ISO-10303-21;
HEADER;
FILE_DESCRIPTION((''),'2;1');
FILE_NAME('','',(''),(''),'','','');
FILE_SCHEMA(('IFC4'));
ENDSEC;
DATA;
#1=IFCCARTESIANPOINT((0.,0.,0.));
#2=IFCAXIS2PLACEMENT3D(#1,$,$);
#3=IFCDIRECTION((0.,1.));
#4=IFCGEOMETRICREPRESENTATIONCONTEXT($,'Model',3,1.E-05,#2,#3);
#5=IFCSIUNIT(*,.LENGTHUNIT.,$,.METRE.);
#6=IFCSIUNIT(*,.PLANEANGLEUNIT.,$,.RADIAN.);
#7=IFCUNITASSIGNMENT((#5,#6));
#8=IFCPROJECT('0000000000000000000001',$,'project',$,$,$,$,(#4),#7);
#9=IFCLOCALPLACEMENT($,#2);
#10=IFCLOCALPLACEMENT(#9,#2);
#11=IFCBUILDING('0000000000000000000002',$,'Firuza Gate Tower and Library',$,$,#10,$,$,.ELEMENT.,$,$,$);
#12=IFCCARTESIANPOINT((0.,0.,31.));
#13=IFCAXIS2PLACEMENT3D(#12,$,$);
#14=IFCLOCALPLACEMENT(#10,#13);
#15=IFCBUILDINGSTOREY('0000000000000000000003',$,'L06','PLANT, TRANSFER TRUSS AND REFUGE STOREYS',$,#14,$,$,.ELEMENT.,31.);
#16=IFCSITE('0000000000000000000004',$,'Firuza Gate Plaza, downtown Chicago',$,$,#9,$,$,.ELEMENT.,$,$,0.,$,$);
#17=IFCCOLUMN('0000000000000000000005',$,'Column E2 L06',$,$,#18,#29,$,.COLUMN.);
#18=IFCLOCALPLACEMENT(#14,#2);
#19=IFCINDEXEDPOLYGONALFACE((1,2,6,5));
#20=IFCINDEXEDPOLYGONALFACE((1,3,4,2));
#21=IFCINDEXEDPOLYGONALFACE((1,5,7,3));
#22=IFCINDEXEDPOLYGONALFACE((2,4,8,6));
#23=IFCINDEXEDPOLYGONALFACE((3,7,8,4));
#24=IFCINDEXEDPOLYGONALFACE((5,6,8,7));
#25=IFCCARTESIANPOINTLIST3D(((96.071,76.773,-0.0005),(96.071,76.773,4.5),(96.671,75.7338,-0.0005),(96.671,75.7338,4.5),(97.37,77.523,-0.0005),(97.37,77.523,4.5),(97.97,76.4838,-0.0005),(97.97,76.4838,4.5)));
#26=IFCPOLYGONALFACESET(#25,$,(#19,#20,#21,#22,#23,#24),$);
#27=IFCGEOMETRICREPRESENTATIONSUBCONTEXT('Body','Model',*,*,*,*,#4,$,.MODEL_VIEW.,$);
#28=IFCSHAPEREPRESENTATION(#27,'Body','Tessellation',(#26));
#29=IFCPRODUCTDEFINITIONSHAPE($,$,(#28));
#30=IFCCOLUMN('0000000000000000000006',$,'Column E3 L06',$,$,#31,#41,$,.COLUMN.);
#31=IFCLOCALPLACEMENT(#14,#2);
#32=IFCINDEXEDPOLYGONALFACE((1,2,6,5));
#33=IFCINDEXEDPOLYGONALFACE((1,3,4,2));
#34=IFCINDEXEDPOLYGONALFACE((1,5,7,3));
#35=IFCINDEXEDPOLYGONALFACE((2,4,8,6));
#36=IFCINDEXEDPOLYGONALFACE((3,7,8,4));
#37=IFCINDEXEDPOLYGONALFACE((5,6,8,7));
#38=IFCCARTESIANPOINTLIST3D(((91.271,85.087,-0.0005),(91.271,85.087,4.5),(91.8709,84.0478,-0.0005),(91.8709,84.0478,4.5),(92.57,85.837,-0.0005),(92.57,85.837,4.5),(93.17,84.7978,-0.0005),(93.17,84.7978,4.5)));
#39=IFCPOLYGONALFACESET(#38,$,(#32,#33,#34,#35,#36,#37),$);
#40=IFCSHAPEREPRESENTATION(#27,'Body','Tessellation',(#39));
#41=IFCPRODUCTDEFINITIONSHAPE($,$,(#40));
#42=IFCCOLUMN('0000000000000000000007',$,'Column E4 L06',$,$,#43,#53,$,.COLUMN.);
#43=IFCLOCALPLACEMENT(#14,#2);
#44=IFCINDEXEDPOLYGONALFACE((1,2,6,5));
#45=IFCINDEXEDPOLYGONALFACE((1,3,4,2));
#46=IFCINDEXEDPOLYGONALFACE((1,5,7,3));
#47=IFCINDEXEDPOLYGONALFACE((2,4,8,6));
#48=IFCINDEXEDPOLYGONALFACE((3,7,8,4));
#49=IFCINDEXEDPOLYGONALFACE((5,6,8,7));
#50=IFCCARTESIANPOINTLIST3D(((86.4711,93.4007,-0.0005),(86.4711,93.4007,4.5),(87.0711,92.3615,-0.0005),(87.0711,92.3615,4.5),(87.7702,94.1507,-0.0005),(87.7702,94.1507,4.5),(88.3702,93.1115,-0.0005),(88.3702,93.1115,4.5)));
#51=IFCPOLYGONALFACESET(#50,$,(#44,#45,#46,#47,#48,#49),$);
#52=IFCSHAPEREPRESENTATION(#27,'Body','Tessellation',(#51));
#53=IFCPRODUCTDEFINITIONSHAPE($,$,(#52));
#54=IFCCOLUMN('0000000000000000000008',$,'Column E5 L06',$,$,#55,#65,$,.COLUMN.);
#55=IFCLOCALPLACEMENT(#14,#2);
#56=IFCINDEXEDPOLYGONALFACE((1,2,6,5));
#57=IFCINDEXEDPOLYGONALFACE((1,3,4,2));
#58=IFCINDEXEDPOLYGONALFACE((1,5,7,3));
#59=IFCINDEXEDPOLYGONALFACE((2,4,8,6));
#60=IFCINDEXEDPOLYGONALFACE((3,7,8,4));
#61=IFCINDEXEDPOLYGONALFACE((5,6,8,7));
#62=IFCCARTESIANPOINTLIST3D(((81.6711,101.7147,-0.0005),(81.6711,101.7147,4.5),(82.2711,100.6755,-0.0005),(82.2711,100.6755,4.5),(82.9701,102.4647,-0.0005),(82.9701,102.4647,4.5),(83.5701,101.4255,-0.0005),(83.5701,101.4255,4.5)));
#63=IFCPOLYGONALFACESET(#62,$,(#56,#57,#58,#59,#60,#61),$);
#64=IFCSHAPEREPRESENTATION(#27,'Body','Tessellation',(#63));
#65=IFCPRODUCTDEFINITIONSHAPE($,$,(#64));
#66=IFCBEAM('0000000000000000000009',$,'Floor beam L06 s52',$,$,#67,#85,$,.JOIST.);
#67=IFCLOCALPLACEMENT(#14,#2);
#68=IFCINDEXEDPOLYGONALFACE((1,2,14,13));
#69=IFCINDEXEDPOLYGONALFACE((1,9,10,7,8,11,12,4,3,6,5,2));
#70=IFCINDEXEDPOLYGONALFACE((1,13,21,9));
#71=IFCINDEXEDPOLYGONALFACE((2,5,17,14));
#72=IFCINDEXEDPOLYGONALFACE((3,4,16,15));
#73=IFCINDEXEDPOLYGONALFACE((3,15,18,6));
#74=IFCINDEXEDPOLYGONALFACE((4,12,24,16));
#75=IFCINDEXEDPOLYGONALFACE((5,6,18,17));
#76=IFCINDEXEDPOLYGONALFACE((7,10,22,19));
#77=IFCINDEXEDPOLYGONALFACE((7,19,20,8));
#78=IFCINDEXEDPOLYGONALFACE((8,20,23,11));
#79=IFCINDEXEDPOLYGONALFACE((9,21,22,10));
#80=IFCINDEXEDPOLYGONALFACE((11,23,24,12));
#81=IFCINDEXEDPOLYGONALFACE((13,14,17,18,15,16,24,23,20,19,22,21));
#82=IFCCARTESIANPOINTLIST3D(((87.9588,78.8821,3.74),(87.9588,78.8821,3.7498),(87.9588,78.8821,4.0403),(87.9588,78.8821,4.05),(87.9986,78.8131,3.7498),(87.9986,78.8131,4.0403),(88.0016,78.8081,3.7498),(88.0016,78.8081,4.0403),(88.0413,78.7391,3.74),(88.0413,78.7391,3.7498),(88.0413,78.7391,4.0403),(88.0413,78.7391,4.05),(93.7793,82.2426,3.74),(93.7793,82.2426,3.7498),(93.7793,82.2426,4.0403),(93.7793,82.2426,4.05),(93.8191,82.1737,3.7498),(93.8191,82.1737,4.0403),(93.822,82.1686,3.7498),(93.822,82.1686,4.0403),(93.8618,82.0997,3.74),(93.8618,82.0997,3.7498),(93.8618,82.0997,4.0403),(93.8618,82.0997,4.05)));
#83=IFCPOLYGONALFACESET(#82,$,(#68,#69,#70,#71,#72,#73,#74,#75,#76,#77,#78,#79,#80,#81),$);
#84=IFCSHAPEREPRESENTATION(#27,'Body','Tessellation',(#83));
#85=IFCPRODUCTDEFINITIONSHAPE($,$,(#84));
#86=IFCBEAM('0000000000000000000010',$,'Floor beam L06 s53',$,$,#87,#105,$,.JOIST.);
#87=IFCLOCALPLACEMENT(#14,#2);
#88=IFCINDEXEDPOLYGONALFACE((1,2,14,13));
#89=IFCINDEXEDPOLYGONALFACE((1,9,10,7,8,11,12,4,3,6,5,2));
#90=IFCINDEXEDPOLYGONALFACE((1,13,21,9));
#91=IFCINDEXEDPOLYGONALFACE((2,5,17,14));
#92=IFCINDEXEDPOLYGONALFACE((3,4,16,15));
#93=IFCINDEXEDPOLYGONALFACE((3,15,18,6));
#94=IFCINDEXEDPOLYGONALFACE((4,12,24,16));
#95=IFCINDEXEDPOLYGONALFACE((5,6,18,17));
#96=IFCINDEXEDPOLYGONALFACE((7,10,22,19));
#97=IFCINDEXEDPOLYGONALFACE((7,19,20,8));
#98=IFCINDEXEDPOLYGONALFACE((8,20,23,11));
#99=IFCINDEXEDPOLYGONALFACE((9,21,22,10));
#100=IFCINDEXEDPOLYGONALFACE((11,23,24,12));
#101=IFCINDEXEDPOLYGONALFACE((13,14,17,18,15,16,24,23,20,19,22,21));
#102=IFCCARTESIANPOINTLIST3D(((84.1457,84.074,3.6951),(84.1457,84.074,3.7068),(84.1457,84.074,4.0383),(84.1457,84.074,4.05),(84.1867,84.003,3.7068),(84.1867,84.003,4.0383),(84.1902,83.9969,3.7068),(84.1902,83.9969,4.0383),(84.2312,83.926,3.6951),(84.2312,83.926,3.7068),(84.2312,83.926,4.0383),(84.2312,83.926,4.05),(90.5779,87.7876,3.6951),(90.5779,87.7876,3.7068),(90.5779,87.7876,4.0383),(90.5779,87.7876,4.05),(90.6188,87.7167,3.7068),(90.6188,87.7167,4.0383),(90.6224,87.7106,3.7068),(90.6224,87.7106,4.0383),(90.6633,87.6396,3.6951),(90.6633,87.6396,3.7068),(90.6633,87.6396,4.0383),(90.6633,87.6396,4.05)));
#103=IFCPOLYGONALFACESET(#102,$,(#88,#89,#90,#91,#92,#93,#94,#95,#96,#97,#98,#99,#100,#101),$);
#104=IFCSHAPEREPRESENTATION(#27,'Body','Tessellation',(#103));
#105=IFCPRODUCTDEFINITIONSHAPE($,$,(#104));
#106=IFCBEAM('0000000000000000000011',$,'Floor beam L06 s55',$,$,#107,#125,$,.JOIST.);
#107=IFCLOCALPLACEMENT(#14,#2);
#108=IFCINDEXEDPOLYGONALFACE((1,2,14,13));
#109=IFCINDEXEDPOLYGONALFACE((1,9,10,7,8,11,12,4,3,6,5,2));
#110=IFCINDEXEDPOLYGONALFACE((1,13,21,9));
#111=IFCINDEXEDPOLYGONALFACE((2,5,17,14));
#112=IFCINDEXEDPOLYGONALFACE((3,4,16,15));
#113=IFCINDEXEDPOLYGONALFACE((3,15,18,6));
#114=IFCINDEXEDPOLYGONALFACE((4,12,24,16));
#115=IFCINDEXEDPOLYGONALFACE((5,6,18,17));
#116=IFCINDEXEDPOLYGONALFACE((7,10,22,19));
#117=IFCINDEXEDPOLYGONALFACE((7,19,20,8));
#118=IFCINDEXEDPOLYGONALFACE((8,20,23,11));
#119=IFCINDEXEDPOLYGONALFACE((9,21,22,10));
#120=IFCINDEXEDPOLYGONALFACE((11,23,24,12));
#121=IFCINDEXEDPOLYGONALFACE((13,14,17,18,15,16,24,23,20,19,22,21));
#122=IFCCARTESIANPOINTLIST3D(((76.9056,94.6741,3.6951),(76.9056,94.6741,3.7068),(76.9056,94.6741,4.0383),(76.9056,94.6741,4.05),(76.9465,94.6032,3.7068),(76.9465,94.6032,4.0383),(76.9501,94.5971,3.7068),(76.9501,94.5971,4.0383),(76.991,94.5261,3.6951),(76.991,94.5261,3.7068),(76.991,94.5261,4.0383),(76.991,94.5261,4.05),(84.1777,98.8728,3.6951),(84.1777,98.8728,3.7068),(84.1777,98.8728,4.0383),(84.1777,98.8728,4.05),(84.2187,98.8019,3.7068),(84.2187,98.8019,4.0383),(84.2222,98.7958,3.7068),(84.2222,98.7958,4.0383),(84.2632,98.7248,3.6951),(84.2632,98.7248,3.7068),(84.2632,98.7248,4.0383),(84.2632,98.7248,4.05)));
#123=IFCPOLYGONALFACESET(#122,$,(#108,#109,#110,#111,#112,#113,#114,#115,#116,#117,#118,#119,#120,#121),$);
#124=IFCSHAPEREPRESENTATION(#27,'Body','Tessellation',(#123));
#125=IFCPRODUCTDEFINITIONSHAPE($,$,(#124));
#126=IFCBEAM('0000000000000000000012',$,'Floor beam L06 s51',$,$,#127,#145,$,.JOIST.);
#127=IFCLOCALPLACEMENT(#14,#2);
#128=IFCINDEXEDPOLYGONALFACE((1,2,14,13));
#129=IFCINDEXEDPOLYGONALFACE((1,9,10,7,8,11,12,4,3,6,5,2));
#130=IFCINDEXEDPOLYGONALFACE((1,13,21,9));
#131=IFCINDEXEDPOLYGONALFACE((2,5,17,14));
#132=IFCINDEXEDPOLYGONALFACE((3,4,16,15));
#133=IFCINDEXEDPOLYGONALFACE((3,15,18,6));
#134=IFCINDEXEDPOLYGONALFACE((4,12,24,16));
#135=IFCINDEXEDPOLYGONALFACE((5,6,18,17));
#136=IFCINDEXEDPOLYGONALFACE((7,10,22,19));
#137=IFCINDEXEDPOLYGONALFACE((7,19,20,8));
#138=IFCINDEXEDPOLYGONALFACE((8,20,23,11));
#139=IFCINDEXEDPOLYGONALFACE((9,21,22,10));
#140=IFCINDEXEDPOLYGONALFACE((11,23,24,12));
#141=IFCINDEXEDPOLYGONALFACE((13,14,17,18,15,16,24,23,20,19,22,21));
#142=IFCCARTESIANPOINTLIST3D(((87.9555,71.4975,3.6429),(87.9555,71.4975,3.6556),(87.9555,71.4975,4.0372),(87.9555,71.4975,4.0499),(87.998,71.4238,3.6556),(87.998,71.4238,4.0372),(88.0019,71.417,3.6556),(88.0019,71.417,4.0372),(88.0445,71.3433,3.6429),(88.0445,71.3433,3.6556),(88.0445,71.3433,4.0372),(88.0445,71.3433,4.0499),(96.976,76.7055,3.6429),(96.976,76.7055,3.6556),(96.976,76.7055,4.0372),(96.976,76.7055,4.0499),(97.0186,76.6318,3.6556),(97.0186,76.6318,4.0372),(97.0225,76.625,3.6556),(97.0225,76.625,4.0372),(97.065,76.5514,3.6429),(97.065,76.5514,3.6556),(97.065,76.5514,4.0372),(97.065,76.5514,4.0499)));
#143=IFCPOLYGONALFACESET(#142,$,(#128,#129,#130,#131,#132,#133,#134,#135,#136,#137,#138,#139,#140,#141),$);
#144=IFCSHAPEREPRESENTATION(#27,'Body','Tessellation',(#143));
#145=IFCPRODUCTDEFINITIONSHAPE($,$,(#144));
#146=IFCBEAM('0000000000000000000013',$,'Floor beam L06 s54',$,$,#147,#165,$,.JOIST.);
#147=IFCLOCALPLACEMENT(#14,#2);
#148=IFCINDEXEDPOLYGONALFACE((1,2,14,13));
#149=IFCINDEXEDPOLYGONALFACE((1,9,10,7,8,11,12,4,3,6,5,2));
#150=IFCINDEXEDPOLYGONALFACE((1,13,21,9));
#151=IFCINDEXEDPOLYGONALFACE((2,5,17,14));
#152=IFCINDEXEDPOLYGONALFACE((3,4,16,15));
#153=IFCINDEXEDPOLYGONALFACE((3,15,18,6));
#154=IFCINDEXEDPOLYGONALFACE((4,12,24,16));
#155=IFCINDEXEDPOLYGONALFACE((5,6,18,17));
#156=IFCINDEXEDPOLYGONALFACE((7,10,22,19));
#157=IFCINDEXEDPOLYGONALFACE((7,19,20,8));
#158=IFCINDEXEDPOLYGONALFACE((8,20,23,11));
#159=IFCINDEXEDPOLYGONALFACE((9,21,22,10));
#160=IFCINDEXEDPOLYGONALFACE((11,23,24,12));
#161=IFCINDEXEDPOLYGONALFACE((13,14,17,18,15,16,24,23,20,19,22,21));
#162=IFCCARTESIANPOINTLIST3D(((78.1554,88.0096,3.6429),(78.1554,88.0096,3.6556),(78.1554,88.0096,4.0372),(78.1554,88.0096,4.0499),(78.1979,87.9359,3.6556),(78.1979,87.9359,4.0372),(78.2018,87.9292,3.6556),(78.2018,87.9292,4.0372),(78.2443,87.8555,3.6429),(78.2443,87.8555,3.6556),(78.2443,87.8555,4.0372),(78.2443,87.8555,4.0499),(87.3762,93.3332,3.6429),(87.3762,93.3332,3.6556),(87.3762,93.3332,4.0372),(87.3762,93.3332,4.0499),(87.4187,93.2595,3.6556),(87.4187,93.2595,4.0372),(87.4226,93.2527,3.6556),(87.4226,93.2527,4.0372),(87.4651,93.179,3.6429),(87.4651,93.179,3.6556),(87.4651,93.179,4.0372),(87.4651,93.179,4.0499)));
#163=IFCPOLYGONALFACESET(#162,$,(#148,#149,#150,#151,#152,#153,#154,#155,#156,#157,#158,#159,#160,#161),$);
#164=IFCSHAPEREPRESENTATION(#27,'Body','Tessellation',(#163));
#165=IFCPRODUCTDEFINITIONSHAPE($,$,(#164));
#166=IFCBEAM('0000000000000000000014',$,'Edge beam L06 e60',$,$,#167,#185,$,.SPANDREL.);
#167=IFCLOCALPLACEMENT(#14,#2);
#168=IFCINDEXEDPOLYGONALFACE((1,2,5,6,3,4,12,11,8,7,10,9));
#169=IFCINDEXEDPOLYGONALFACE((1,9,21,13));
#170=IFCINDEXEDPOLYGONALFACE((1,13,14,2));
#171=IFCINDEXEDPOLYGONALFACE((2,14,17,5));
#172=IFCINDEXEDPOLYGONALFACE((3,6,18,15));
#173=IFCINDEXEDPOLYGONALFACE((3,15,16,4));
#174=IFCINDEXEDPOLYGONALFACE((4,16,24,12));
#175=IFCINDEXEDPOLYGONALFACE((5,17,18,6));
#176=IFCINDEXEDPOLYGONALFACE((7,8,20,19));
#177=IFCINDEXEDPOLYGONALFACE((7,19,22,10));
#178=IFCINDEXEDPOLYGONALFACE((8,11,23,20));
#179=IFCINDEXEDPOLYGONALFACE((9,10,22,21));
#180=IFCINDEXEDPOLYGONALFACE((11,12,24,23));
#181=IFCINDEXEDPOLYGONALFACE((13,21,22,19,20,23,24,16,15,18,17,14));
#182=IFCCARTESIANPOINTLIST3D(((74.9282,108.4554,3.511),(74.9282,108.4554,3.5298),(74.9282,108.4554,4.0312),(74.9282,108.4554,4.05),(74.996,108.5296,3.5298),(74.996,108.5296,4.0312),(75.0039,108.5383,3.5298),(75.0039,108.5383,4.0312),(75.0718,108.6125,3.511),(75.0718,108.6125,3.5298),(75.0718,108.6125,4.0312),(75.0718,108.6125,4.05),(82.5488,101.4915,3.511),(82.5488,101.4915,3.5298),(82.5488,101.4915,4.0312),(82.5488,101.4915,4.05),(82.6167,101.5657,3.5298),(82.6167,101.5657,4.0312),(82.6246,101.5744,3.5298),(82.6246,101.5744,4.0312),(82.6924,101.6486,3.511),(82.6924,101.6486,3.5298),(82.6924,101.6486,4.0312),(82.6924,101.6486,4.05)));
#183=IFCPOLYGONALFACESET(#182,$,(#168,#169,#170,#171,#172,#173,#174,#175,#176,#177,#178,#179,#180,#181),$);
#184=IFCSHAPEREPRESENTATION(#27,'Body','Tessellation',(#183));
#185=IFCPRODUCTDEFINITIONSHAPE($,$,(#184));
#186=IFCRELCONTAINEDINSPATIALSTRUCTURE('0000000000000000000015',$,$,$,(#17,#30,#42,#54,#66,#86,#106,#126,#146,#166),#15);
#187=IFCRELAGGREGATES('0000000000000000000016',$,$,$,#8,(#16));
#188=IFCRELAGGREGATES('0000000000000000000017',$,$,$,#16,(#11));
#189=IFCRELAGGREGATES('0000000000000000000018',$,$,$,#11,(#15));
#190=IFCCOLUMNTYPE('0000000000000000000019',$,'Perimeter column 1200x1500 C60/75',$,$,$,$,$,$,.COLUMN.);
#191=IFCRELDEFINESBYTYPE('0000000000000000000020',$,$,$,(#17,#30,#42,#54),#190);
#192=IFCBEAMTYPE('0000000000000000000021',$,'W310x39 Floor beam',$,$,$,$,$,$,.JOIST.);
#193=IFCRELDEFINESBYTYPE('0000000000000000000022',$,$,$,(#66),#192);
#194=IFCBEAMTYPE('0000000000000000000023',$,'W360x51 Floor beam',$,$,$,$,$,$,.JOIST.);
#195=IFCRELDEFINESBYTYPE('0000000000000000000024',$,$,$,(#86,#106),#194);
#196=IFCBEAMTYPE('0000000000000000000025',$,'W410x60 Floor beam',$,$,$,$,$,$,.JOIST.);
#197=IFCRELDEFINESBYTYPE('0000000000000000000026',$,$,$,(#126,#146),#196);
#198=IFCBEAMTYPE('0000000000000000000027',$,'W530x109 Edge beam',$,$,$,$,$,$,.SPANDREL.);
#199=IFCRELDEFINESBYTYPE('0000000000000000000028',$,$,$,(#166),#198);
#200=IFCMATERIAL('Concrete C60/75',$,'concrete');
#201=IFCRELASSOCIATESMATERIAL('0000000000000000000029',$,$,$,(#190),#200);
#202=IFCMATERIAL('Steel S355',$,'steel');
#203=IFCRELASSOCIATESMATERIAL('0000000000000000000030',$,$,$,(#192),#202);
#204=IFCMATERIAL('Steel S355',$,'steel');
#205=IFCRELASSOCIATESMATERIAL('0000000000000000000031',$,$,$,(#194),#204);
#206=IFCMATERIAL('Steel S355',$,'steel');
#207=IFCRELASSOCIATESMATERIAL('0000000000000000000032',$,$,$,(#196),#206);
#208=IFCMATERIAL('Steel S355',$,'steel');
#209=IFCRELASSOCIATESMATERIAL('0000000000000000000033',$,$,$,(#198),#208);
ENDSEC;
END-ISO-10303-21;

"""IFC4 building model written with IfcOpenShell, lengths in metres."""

from ifc_helpers import new_model, si_unit, direction, frame, origin, origin_2d, place, context, subcontext, project, spatial, rectangle, i_section, extrude, material, material_profile, profile_set, type_object, element, save


model = new_model("IFC4")

# Units and contexts
model_context = context("Model", 3, precision=1e-05, world=origin(), true_north=direction((0.0, 1.0)))
body_context = subcontext(model_context, "Body", "Model", "MODEL_VIEW")
ifc_project = project(units=[si_unit("LENGTHUNIT", "METRE"), si_unit("PLANEANGLEUNIT", "RADIAN")], contexts=[model_context])

# Site, building, storey
site_placement = place(None, origin())
site = spatial("IfcSite", under=ifc_project, at=site_placement, Name="Firuza Gate Plaza, downtown Chicago", CompositionType="ELEMENT", RefElevation=0.0)
building_placement = place(site_placement, origin())
building = spatial("IfcBuilding", under=site, at=building_placement, Name="Firuza Gate Tower and Library", CompositionType="ELEMENT")
storey_placement = place(building_placement, frame((0.0, 0.0, 31.0)))
storey = spatial("IfcBuildingStorey", under=building, at=storey_placement, Name="L06", Description="PLANT, TRANSFER TRUSS AND REFUGE STOREYS", CompositionType="ELEMENT", Elevation=31.0)

# Columns
ifc_material_1 = material(Name="Concrete C60/75", Category="concrete")
ifc_material_profile_1 = material_profile(ifc_material_1, rectangle(XDim=1.2, YDim=1.5, at=origin_2d()))
ifc_profile_set_1 = profile_set([ifc_material_profile_1], Name="Concrete C60/75")
column_type = type_object("IfcColumnType", Name="Perimeter column 1200x1500 C60/75", PredefinedType="COLUMN", material=ifc_profile_set_1)
for number, where, z_axis, x_axis, name in (
    (1, (97.0205, 76.6284, -0.0005), (0.0, 0.0, 1.0), (-0.5, 0.866025, 0.0), "Column E2 L06"),
    (2, (92.2205, 84.9424, -0.0005), (0.0, 0.0, 1.0), (-0.5, 0.866025, 0.0), "Column E3 L06"),
    (3, (87.4207, 93.2561, -0.0005), (0.0, 0.0, 1.0), (-0.5, 0.866025, 0.0), "Column E4 L06"),
    (4, (82.6206, 101.5701, -0.0005), (0.0, 0.0, 1.0), (-0.5, 0.866025, 0.0), "Column E5 L06"),
):
    element("IfcColumn", number, at=place(storey_placement, frame(where, z_axis=z_axis, x_axis=x_axis)), inside=storey, type_object=column_type, Name=name, PredefinedType="COLUMN", context=body_context, shape_type="SweptSolid", body=[
        extrude(rectangle(XDim=1.2, YDim=1.5, at=origin_2d()), origin(), (0.0, 0.0, 1.0), 4.5005),
    ])

# Beams
ifc_material_2 = material(Name="Steel S355", Category="steel")
ifc_material_profile_2 = material_profile(ifc_material_2, i_section(OverallWidth=0.165, OverallDepth=0.3101, WebThickness=0.0059, FlangeThickness=0.0098, at=origin_2d()))
ifc_profile_set_2 = profile_set([ifc_material_profile_2], Name="Steel S355")
beam_type_1 = type_object("IfcBeamType", Name="W310x39 Floor beam", PredefinedType="JOIST", material=ifc_profile_set_2)
beam_1_placement = place(storey_placement, frame((93.8206, 82.1711, 3.895), z_axis=(-0.866019, -0.500011, 0.0), x_axis=(0.500011, -0.866019, 0.0)))
element("IfcBeam", 5, at=beam_1_placement, inside=storey, type_object=beam_type_1, Name="Floor beam L06 s52", PredefinedType="JOIST", context=body_context, shape_type="SweptSolid", body=[
    extrude(i_section(OverallWidth=0.165, OverallDepth=0.3101, WebThickness=0.0059, FlangeThickness=0.0098, at=origin_2d()), origin(), (0.0, 0.0, 1.0), 6.7209),
])
ifc_material_3 = material(Name="Steel S355", Category="steel")
ifc_material_profile_3 = material_profile(ifc_material_3, i_section(OverallWidth=0.1709, OverallDepth=0.355, WebThickness=0.0071, FlangeThickness=0.0117, at=origin_2d()))
ifc_profile_set_3 = profile_set([ifc_material_profile_3], Name="Steel S355")
beam_type_2 = type_object("IfcBeamType", Name="W360x51 Floor beam", PredefinedType="JOIST", material=ifc_profile_set_3)
beam_2_placement = place(storey_placement, frame((90.6206, 87.7136, 3.8726), z_axis=(-0.866024, -0.500003, 0.0), x_axis=(0.500003, -0.866024, 0.0)))
element("IfcBeam", 6, at=beam_2_placement, inside=storey, type_object=beam_type_2, Name="Floor beam L06 s53", PredefinedType="JOIST", context=body_context, shape_type="SweptSolid", body=[
    extrude(i_section(OverallWidth=0.1709, OverallDepth=0.355, WebThickness=0.0071, FlangeThickness=0.0117, at=origin_2d()), origin(), (0.0, 0.0, 1.0), 7.4272),
])
beam_3_placement = place(storey_placement, frame((84.2205, 98.7988, 3.8726), z_axis=(-0.86602, -0.50001, 0.0), x_axis=(0.50001, -0.86602, 0.0)))
element("IfcBeam", 7, at=beam_3_placement, inside=storey, type_object=beam_type_2, Name="Floor beam L06 s55", PredefinedType="JOIST", context=body_context, shape_type="SweptSolid", body=[
    extrude(i_section(OverallWidth=0.1709, OverallDepth=0.355, WebThickness=0.0071, FlangeThickness=0.0117, at=origin_2d()), origin(), (0.0, 0.0, 1.0), 8.3972),
])
ifc_material_4 = material(Name="Steel S355", Category="steel")
ifc_material_profile_4 = material_profile(ifc_material_4, i_section(OverallWidth=0.178, OverallDepth=0.407, WebThickness=0.0078, FlangeThickness=0.0127, at=origin_2d()))
ifc_profile_set_4 = profile_set([ifc_material_profile_4], Name="Steel S355")
beam_type_3 = type_object("IfcBeamType", Name="W410x60 Floor beam", PredefinedType="JOIST", material=ifc_profile_set_4)
beam_4_placement = place(storey_placement, frame((97.0205, 76.6284, 3.8464), z_axis=(-0.866025, -0.500001, 0.0), x_axis=(0.500001, -0.866025, 0.0)))
element("IfcBeam", 8, at=beam_4_placement, inside=storey, type_object=beam_type_3, Name="Floor beam L06 s51", PredefinedType="JOIST", context=body_context, shape_type="SweptSolid", body=[
    extrude(i_section(OverallWidth=0.178, OverallDepth=0.407, WebThickness=0.0078, FlangeThickness=0.0127, at=origin_2d()), origin(), (0.0, 0.0, 1.0), 10.416),
])
beam_5_placement = place(storey_placement, frame((87.4207, 93.2561, 3.8464), z_axis=(-0.866029, -0.499994, 0.0), x_axis=(0.499994, -0.866029, 0.0)))
element("IfcBeam", 9, at=beam_5_placement, inside=storey, type_object=beam_type_3, Name="Floor beam L06 s54", PredefinedType="JOIST", context=body_context, shape_type="SweptSolid", body=[
    extrude(i_section(OverallWidth=0.178, OverallDepth=0.407, WebThickness=0.0078, FlangeThickness=0.0127, at=origin_2d()), origin(), (0.0, 0.0, 1.0), 10.6472),
])
ifc_material_5 = material(Name="Steel S355", Category="steel")
ifc_material_profile_5 = material_profile(ifc_material_5, i_section(OverallWidth=0.2129, OverallDepth=0.5391, WebThickness=0.0117, FlangeThickness=0.0188, at=origin_2d()))
ifc_profile_set_5 = profile_set([ifc_material_profile_5], Name="Steel S355")
beam_type_4 = type_object("IfcBeamType", Name="W530x109 Edge beam", PredefinedType="SPANDREL", material=ifc_profile_set_5)
beam_6_placement = place(storey_placement, frame((82.6206, 101.5701, 3.7805), z_axis=(-0.7382, 0.674582, 0.0), x_axis=(-0.674582, -0.7382, 0.0)))
element("IfcBeam", 10, at=beam_6_placement, inside=storey, type_object=beam_type_4, Name="Edge beam L06 e60", PredefinedType="SPANDREL", context=body_context, shape_type="SweptSolid", body=[
    extrude(i_section(OverallWidth=0.2129, OverallDepth=0.5391, WebThickness=0.0117, FlangeThickness=0.0188, at=origin_2d()), origin(), (0.0, 0.0, 1.0), 10.3232),
])

save(model, "model.ifc")
